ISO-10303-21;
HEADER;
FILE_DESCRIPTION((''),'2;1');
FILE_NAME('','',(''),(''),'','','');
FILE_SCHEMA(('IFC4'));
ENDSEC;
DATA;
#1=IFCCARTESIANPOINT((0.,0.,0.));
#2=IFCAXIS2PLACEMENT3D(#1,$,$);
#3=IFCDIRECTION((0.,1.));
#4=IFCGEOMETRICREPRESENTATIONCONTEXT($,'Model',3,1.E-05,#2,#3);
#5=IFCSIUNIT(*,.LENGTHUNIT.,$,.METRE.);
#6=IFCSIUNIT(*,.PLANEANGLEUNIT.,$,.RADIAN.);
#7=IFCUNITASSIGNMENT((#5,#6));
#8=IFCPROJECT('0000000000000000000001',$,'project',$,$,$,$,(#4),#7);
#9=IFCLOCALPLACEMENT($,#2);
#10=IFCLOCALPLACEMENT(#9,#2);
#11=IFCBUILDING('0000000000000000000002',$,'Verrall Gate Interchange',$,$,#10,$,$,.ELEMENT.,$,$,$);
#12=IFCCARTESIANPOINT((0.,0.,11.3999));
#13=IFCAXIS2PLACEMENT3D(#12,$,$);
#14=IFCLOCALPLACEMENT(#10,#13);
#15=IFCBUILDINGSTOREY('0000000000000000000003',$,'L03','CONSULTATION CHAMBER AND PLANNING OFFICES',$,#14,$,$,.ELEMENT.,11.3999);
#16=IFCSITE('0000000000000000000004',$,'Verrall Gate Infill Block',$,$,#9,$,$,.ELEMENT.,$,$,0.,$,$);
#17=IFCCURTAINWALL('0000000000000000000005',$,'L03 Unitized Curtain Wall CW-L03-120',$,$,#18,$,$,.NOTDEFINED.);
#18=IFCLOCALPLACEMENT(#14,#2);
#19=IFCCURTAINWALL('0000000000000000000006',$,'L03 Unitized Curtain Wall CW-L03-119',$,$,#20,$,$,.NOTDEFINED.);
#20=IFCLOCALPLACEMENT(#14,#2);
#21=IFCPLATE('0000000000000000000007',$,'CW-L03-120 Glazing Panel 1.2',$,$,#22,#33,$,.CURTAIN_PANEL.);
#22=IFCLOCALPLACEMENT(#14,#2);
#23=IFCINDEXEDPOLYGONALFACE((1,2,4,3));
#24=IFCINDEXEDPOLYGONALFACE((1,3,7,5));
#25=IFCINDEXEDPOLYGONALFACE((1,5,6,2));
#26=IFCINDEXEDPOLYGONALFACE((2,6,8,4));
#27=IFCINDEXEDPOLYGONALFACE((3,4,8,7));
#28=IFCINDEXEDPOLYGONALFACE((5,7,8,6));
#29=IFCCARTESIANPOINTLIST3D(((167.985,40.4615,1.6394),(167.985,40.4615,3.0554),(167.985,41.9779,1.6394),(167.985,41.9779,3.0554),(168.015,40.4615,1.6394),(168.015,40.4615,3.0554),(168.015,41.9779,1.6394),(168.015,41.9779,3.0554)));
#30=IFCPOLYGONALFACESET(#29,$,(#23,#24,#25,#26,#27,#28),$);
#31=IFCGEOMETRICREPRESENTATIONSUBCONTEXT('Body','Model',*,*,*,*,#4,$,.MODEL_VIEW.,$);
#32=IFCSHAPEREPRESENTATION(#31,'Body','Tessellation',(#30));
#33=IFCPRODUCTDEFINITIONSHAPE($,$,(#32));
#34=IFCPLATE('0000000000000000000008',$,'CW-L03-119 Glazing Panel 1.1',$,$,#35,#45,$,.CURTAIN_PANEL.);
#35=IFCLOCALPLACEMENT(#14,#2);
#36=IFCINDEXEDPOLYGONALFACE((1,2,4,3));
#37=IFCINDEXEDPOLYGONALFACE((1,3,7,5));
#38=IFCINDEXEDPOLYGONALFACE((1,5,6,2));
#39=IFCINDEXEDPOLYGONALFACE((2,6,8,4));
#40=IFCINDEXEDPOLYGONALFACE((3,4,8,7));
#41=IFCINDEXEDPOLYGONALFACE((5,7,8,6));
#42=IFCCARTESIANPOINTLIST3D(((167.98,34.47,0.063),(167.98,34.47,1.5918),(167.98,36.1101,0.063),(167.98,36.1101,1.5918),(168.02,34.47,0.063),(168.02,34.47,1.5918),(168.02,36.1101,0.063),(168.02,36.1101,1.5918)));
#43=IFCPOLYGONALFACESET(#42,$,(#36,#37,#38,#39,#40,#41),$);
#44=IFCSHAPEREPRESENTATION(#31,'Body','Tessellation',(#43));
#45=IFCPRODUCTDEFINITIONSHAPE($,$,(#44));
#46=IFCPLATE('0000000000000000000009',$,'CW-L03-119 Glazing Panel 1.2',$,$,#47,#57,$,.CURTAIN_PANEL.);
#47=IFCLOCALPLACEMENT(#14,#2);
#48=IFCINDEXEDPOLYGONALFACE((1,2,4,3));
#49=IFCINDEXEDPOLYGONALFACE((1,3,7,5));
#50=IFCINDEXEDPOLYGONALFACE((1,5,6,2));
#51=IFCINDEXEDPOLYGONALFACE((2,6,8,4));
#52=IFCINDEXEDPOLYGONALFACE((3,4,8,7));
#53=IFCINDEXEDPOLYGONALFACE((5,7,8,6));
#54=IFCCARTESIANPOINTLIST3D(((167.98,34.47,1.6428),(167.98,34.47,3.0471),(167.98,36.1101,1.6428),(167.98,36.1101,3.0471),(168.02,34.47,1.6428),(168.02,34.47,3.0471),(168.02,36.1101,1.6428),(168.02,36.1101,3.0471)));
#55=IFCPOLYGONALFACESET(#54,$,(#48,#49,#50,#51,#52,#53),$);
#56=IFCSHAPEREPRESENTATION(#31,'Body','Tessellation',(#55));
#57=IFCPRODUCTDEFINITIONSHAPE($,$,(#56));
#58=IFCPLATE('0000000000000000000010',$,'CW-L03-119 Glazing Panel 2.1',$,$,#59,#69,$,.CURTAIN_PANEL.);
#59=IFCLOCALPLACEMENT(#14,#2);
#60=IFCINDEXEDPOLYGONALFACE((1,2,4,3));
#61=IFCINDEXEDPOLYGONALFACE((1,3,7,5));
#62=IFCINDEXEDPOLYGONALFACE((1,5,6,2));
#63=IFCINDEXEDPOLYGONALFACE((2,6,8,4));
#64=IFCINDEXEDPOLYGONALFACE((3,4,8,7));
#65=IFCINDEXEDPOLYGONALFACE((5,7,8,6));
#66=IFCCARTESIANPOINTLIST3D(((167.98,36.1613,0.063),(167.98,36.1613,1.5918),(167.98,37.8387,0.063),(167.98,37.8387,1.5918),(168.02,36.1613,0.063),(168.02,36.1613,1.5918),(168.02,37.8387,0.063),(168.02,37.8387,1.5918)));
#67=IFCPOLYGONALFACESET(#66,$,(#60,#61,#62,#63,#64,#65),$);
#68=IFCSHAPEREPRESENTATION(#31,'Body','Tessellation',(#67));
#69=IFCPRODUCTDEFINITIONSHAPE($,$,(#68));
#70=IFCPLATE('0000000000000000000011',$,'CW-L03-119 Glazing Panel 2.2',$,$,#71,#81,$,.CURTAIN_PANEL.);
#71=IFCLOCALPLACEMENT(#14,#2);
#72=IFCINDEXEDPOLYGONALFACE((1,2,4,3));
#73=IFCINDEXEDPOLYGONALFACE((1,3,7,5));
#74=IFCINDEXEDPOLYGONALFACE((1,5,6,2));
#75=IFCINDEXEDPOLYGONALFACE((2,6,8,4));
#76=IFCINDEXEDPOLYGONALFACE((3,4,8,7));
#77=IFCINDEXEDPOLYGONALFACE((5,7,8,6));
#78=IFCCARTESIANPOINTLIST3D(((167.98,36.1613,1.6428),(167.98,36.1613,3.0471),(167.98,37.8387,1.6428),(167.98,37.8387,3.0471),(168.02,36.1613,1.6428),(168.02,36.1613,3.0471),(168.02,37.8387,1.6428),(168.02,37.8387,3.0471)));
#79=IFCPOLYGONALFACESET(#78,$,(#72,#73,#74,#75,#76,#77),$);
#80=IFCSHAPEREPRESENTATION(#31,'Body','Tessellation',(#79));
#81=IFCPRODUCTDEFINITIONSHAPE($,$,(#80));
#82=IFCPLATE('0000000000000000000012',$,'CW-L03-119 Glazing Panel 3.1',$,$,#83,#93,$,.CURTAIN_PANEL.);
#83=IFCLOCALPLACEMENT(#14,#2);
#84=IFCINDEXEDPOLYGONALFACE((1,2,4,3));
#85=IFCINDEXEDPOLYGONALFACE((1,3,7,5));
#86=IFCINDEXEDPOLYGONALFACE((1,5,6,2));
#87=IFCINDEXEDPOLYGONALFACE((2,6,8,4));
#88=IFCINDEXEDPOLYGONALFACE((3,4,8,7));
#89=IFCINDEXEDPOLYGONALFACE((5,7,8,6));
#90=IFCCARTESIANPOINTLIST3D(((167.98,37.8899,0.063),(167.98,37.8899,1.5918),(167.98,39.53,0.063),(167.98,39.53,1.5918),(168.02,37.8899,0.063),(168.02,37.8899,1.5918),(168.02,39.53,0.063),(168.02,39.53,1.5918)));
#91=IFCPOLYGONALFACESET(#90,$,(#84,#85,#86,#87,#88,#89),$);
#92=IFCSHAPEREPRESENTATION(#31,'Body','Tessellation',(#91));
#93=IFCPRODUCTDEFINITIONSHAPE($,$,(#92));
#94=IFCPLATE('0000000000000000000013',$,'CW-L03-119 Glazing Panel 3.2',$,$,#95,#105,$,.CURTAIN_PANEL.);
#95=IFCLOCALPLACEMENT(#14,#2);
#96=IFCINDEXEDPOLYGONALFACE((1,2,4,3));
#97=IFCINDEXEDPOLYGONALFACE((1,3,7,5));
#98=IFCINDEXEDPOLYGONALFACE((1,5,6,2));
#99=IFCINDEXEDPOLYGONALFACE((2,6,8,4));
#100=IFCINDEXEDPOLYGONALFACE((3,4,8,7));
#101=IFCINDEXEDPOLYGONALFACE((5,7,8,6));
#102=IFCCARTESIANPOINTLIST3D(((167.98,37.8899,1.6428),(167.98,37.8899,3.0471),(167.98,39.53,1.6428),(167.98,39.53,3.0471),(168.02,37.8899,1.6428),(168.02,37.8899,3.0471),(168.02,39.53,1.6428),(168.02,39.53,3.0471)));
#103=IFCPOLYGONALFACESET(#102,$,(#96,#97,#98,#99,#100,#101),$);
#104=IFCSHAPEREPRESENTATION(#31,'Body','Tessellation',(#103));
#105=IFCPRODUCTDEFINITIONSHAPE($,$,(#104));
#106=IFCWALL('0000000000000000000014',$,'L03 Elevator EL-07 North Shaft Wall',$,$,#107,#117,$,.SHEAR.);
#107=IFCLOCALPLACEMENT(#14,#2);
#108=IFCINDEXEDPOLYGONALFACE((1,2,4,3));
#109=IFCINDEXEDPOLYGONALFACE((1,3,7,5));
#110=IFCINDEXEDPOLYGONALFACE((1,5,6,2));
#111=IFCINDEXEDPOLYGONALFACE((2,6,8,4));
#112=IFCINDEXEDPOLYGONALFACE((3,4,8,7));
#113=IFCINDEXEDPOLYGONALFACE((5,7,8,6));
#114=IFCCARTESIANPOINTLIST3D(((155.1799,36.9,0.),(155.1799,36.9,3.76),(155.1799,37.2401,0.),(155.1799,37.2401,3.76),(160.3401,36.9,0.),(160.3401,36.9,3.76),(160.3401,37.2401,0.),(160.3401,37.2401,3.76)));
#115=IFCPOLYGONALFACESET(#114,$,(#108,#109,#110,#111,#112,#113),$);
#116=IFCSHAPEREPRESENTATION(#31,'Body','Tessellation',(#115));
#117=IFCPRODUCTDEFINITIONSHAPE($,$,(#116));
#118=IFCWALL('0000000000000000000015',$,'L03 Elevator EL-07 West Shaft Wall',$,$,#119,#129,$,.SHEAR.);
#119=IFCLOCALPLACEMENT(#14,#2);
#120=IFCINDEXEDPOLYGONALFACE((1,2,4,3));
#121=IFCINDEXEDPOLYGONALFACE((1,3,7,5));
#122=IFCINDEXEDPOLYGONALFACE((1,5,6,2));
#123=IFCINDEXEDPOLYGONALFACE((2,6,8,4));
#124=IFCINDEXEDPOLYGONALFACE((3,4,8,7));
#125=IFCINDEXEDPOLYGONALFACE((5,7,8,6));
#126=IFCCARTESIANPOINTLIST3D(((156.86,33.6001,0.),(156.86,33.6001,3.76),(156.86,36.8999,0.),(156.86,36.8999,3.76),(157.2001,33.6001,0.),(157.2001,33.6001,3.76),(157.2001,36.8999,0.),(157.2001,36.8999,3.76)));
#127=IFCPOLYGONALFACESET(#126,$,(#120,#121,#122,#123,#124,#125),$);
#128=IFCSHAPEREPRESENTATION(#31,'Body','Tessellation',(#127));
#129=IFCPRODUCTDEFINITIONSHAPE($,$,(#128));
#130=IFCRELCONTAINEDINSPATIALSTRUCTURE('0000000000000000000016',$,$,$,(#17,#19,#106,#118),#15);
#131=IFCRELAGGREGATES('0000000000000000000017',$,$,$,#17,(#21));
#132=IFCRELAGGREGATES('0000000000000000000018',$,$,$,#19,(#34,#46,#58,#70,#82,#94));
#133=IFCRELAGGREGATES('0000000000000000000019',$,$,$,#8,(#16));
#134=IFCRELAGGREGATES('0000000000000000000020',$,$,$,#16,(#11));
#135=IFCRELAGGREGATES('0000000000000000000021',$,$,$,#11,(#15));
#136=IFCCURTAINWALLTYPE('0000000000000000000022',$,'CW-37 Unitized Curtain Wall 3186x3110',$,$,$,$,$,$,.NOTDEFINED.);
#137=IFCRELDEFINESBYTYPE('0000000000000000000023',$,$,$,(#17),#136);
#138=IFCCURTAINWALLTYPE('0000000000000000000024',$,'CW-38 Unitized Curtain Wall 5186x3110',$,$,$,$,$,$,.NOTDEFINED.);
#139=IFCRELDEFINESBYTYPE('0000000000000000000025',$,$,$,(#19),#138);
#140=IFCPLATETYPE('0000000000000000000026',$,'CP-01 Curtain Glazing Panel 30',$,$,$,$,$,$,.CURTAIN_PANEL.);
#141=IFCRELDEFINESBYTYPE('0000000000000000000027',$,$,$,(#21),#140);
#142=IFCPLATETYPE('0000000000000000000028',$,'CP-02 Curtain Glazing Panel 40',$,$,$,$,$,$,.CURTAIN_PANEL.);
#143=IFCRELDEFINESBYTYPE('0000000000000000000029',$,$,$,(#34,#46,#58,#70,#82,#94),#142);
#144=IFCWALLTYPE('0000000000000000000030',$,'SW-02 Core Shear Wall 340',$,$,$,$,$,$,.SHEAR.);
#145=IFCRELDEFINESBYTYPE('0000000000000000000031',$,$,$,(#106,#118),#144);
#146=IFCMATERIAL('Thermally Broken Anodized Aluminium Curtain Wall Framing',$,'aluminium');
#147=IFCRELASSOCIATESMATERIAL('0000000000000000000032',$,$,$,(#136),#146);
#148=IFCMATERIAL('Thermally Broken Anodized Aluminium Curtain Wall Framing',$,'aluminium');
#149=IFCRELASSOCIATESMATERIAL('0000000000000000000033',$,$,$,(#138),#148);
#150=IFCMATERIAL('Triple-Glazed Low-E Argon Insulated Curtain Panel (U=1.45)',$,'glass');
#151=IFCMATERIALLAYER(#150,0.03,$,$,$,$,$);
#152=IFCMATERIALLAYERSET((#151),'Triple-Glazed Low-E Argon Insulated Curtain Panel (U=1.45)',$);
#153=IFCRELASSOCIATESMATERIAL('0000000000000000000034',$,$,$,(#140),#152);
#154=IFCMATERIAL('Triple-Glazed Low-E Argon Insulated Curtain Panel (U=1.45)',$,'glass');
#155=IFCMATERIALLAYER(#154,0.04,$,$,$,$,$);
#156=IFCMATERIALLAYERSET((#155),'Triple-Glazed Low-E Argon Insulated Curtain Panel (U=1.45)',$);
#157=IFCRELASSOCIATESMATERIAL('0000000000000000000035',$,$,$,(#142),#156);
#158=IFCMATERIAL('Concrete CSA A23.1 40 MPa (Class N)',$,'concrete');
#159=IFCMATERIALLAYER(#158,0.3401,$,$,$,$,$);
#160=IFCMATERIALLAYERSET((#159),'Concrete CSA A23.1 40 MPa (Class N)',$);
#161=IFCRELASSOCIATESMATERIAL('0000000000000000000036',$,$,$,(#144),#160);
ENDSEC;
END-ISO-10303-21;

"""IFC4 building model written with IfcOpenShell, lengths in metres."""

from ifc_helpers import new_model, si_unit, direction, frame, frame_2d, origin, origin_2d, place, context, subcontext, project, spatial, rectangle, extrude, material, layer, layer_set, type_object, element, aggregate, save


model = new_model("IFC4")

# Units and contexts
model_context = context("Model", 3, precision=1e-05, world=origin(), true_north=direction((0.0, 1.0)))
body_context = subcontext(model_context, "Body", "Model", "MODEL_VIEW")
ifc_project = project(units=[si_unit("LENGTHUNIT", "METRE"), si_unit("PLANEANGLEUNIT", "RADIAN")], contexts=[model_context])

# Site, building, storey
site_placement = place(None, origin())
site = spatial("IfcSite", under=ifc_project, at=site_placement, Name="Verrall Gate Infill Block", CompositionType="ELEMENT", RefElevation=0.0)
building_placement = place(site_placement, origin())
building = spatial("IfcBuilding", under=site, at=building_placement, Name="Verrall Gate Interchange", CompositionType="ELEMENT")
storey_placement = place(building_placement, frame((0.0, 0.0, 11.3999)))
storey = spatial("IfcBuildingStorey", under=building, at=storey_placement, Name="L03", Description="CONSULTATION CHAMBER AND PLANNING OFFICES", CompositionType="ELEMENT", Elevation=11.3999)

# Curtain wall
ifc_material_1 = material(Name="Thermally Broken Anodized Aluminium Curtain Wall Framing", Category="aluminium")
curtain_wall_type_1 = type_object("IfcCurtainWallType", Name="CW-37 Unitized Curtain Wall 3186x3110", PredefinedType="NOTDEFINED", material=ifc_material_1)
curtain_wall_1_placement = place(storey_placement, origin())
curtain_wall_1 = element("IfcCurtainWall", 1, at=curtain_wall_1_placement, inside=storey, type_object=curtain_wall_type_1, Name="L03 Unitized Curtain Wall CW-L03-120", PredefinedType="NOTDEFINED")

# Curtain wall
ifc_material_2 = material(Name="Thermally Broken Anodized Aluminium Curtain Wall Framing", Category="aluminium")
curtain_wall_type_2 = type_object("IfcCurtainWallType", Name="CW-38 Unitized Curtain Wall 5186x3110", PredefinedType="NOTDEFINED", material=ifc_material_2)
curtain_wall_2_placement = place(storey_placement, origin())
curtain_wall_2 = element("IfcCurtainWall", 2, at=curtain_wall_2_placement, inside=storey, type_object=curtain_wall_type_2, Name="L03 Unitized Curtain Wall CW-L03-119", PredefinedType="NOTDEFINED")

# Plates
ifc_material_3 = material(Name="Triple-Glazed Low-E Argon Insulated Curtain Panel (U=1.45)", Category="glass")
ifc_layer_1 = layer(ifc_material_3, 0.03)
ifc_layer_set_1 = layer_set([ifc_layer_1], Name="Triple-Glazed Low-E Argon Insulated Curtain Panel (U=1.45)")
plate_type_1 = type_object("IfcPlateType", Name="CP-01 Curtain Glazing Panel 30", PredefinedType="CURTAIN_PANEL", material=ifc_layer_set_1)
plate_1_placement = place(storey_placement, frame((168.0, 41.2197, 1.6394), z_axis=(0.0, 0.0, 1.0), x_axis=(0.0, 1.0, 0.0)))
plate_1 = element("IfcPlate", 3, at=plate_1_placement, type_object=plate_type_1, Name="CW-L03-120 Glazing Panel 1.2", PredefinedType="CURTAIN_PANEL", context=body_context, shape_type="SweptSolid", body=[
    extrude(rectangle(XDim=1.5164, YDim=0.03, at=origin_2d()), origin(), (0.0, 0.0, 1.0), 1.416),
])
aggregate(curtain_wall_1, [plate_1])
ifc_material_4 = material(Name="Triple-Glazed Low-E Argon Insulated Curtain Panel (U=1.45)", Category="glass")
ifc_layer_2 = layer(ifc_material_4, 0.04)
ifc_layer_set_2 = layer_set([ifc_layer_2], Name="Triple-Glazed Low-E Argon Insulated Curtain Panel (U=1.45)")
plate_type_2 = type_object("IfcPlateType", Name="CP-02 Curtain Glazing Panel 40", PredefinedType="CURTAIN_PANEL", material=ifc_layer_set_2)
plate_2_placement = place(storey_placement, frame((168.0, 35.29, 0.063), z_axis=(0.0, 0.0, 1.0), x_axis=(0.0, 1.0, 0.0)))
plate_2 = element("IfcPlate", 4, at=plate_2_placement, type_object=plate_type_2, Name="CW-L03-119 Glazing Panel 1.1", PredefinedType="CURTAIN_PANEL", context=body_context, shape_type="SweptSolid", body=[
    extrude(rectangle(XDim=1.6401, YDim=0.04, at=origin_2d()), origin(), (0.0, 0.0, 1.0), 1.5288),
])
plate_3_placement = place(storey_placement, frame((168.0, 35.29, 1.6428), z_axis=(0.0, 0.0, 1.0), x_axis=(0.0, 1.0, 0.0)))
plate_3 = element("IfcPlate", 5, at=plate_3_placement, type_object=plate_type_2, Name="CW-L03-119 Glazing Panel 1.2", PredefinedType="CURTAIN_PANEL", context=body_context, shape_type="SweptSolid", body=[
    extrude(rectangle(XDim=1.6401, YDim=0.04, at=origin_2d()), origin(), (0.0, 0.0, 1.0), 1.4043),
])
plate_4_placement = place(storey_placement, frame((168.0, 37.0, 0.063), z_axis=(0.0, 0.0, 1.0), x_axis=(0.0, 1.0, 0.0)))
plate_4 = element("IfcPlate", 6, at=plate_4_placement, type_object=plate_type_2, Name="CW-L03-119 Glazing Panel 2.1", PredefinedType="CURTAIN_PANEL", context=body_context, shape_type="SweptSolid", body=[
    extrude(rectangle(XDim=1.6775, YDim=0.04, at=origin_2d()), origin(), (0.0, 0.0, 1.0), 1.5288),
])
plate_5_placement = place(storey_placement, frame((168.0, 37.0, 1.6428), z_axis=(0.0, 0.0, 1.0), x_axis=(0.0, 1.0, 0.0)))
plate_5 = element("IfcPlate", 7, at=plate_5_placement, type_object=plate_type_2, Name="CW-L03-119 Glazing Panel 2.2", PredefinedType="CURTAIN_PANEL", context=body_context, shape_type="SweptSolid", body=[
    extrude(rectangle(XDim=1.6775, YDim=0.04, at=origin_2d()), origin(), (0.0, 0.0, 1.0), 1.4043),
])
plate_6_placement = place(storey_placement, frame((168.0, 38.71, 0.063), z_axis=(0.0, 0.0, 1.0), x_axis=(0.0, 1.0, 0.0)))
plate_6 = element("IfcPlate", 8, at=plate_6_placement, type_object=plate_type_2, Name="CW-L03-119 Glazing Panel 3.1", PredefinedType="CURTAIN_PANEL", context=body_context, shape_type="SweptSolid", body=[
    extrude(rectangle(XDim=1.6401, YDim=0.04, at=origin_2d()), origin(), (0.0, 0.0, 1.0), 1.5288),
])
plate_7_placement = place(storey_placement, frame((168.0, 38.71, 1.6428), z_axis=(0.0, 0.0, 1.0), x_axis=(0.0, 1.0, 0.0)))
plate_7 = element("IfcPlate", 9, at=plate_7_placement, type_object=plate_type_2, Name="CW-L03-119 Glazing Panel 3.2", PredefinedType="CURTAIN_PANEL", context=body_context, shape_type="SweptSolid", body=[
    extrude(rectangle(XDim=1.6401, YDim=0.04, at=origin_2d()), origin(), (0.0, 0.0, 1.0), 1.4043),
])
aggregate(curtain_wall_2, [plate_2, plate_3, plate_4, plate_5, plate_6, plate_7])

# Walls
ifc_material_5 = material(Name="Concrete CSA A23.1 40 MPa (Class N)", Category="concrete")
ifc_layer_3 = layer(ifc_material_5, 0.3401)
ifc_layer_set_3 = layer_set([ifc_layer_3], Name="Concrete CSA A23.1 40 MPa (Class N)")
wall_type = type_object("IfcWallType", Name="SW-02 Core Shear Wall 340", PredefinedType="SHEAR", material=ifc_layer_set_3)
wall_1_placement = place(storey_placement, frame((160.3401, 37.0701, 0.0), z_axis=(0.0, 0.0, 1.0), x_axis=(-1.0, 0.0, 0.0)))
element("IfcWall", 10, at=wall_1_placement, inside=storey, type_object=wall_type, Name="L03 Elevator EL-07 North Shaft Wall", PredefinedType="SHEAR", context=body_context, shape_type="SweptSolid", body=[
    extrude(rectangle(XDim=5.1602, YDim=0.3401, at=frame_2d((2.5801, 0.0))), origin(), (0.0, 0.0, 1.0), 3.76),
])
wall_2_placement = place(storey_placement, frame((157.03, 36.8999, 0.0), z_axis=(0.0, 0.0, 1.0), x_axis=(0.0, -1.0, 0.0)))
element("IfcWall", 11, at=wall_2_placement, inside=storey, type_object=wall_type, Name="L03 Elevator EL-07 West Shaft Wall", PredefinedType="SHEAR", context=body_context, shape_type="SweptSolid", body=[
    extrude(rectangle(XDim=3.2998, YDim=0.3401, at=frame_2d((1.6499, 0.0))), origin(), (0.0, 0.0, 1.0), 3.76),
])

save(model, "model.ifc")
